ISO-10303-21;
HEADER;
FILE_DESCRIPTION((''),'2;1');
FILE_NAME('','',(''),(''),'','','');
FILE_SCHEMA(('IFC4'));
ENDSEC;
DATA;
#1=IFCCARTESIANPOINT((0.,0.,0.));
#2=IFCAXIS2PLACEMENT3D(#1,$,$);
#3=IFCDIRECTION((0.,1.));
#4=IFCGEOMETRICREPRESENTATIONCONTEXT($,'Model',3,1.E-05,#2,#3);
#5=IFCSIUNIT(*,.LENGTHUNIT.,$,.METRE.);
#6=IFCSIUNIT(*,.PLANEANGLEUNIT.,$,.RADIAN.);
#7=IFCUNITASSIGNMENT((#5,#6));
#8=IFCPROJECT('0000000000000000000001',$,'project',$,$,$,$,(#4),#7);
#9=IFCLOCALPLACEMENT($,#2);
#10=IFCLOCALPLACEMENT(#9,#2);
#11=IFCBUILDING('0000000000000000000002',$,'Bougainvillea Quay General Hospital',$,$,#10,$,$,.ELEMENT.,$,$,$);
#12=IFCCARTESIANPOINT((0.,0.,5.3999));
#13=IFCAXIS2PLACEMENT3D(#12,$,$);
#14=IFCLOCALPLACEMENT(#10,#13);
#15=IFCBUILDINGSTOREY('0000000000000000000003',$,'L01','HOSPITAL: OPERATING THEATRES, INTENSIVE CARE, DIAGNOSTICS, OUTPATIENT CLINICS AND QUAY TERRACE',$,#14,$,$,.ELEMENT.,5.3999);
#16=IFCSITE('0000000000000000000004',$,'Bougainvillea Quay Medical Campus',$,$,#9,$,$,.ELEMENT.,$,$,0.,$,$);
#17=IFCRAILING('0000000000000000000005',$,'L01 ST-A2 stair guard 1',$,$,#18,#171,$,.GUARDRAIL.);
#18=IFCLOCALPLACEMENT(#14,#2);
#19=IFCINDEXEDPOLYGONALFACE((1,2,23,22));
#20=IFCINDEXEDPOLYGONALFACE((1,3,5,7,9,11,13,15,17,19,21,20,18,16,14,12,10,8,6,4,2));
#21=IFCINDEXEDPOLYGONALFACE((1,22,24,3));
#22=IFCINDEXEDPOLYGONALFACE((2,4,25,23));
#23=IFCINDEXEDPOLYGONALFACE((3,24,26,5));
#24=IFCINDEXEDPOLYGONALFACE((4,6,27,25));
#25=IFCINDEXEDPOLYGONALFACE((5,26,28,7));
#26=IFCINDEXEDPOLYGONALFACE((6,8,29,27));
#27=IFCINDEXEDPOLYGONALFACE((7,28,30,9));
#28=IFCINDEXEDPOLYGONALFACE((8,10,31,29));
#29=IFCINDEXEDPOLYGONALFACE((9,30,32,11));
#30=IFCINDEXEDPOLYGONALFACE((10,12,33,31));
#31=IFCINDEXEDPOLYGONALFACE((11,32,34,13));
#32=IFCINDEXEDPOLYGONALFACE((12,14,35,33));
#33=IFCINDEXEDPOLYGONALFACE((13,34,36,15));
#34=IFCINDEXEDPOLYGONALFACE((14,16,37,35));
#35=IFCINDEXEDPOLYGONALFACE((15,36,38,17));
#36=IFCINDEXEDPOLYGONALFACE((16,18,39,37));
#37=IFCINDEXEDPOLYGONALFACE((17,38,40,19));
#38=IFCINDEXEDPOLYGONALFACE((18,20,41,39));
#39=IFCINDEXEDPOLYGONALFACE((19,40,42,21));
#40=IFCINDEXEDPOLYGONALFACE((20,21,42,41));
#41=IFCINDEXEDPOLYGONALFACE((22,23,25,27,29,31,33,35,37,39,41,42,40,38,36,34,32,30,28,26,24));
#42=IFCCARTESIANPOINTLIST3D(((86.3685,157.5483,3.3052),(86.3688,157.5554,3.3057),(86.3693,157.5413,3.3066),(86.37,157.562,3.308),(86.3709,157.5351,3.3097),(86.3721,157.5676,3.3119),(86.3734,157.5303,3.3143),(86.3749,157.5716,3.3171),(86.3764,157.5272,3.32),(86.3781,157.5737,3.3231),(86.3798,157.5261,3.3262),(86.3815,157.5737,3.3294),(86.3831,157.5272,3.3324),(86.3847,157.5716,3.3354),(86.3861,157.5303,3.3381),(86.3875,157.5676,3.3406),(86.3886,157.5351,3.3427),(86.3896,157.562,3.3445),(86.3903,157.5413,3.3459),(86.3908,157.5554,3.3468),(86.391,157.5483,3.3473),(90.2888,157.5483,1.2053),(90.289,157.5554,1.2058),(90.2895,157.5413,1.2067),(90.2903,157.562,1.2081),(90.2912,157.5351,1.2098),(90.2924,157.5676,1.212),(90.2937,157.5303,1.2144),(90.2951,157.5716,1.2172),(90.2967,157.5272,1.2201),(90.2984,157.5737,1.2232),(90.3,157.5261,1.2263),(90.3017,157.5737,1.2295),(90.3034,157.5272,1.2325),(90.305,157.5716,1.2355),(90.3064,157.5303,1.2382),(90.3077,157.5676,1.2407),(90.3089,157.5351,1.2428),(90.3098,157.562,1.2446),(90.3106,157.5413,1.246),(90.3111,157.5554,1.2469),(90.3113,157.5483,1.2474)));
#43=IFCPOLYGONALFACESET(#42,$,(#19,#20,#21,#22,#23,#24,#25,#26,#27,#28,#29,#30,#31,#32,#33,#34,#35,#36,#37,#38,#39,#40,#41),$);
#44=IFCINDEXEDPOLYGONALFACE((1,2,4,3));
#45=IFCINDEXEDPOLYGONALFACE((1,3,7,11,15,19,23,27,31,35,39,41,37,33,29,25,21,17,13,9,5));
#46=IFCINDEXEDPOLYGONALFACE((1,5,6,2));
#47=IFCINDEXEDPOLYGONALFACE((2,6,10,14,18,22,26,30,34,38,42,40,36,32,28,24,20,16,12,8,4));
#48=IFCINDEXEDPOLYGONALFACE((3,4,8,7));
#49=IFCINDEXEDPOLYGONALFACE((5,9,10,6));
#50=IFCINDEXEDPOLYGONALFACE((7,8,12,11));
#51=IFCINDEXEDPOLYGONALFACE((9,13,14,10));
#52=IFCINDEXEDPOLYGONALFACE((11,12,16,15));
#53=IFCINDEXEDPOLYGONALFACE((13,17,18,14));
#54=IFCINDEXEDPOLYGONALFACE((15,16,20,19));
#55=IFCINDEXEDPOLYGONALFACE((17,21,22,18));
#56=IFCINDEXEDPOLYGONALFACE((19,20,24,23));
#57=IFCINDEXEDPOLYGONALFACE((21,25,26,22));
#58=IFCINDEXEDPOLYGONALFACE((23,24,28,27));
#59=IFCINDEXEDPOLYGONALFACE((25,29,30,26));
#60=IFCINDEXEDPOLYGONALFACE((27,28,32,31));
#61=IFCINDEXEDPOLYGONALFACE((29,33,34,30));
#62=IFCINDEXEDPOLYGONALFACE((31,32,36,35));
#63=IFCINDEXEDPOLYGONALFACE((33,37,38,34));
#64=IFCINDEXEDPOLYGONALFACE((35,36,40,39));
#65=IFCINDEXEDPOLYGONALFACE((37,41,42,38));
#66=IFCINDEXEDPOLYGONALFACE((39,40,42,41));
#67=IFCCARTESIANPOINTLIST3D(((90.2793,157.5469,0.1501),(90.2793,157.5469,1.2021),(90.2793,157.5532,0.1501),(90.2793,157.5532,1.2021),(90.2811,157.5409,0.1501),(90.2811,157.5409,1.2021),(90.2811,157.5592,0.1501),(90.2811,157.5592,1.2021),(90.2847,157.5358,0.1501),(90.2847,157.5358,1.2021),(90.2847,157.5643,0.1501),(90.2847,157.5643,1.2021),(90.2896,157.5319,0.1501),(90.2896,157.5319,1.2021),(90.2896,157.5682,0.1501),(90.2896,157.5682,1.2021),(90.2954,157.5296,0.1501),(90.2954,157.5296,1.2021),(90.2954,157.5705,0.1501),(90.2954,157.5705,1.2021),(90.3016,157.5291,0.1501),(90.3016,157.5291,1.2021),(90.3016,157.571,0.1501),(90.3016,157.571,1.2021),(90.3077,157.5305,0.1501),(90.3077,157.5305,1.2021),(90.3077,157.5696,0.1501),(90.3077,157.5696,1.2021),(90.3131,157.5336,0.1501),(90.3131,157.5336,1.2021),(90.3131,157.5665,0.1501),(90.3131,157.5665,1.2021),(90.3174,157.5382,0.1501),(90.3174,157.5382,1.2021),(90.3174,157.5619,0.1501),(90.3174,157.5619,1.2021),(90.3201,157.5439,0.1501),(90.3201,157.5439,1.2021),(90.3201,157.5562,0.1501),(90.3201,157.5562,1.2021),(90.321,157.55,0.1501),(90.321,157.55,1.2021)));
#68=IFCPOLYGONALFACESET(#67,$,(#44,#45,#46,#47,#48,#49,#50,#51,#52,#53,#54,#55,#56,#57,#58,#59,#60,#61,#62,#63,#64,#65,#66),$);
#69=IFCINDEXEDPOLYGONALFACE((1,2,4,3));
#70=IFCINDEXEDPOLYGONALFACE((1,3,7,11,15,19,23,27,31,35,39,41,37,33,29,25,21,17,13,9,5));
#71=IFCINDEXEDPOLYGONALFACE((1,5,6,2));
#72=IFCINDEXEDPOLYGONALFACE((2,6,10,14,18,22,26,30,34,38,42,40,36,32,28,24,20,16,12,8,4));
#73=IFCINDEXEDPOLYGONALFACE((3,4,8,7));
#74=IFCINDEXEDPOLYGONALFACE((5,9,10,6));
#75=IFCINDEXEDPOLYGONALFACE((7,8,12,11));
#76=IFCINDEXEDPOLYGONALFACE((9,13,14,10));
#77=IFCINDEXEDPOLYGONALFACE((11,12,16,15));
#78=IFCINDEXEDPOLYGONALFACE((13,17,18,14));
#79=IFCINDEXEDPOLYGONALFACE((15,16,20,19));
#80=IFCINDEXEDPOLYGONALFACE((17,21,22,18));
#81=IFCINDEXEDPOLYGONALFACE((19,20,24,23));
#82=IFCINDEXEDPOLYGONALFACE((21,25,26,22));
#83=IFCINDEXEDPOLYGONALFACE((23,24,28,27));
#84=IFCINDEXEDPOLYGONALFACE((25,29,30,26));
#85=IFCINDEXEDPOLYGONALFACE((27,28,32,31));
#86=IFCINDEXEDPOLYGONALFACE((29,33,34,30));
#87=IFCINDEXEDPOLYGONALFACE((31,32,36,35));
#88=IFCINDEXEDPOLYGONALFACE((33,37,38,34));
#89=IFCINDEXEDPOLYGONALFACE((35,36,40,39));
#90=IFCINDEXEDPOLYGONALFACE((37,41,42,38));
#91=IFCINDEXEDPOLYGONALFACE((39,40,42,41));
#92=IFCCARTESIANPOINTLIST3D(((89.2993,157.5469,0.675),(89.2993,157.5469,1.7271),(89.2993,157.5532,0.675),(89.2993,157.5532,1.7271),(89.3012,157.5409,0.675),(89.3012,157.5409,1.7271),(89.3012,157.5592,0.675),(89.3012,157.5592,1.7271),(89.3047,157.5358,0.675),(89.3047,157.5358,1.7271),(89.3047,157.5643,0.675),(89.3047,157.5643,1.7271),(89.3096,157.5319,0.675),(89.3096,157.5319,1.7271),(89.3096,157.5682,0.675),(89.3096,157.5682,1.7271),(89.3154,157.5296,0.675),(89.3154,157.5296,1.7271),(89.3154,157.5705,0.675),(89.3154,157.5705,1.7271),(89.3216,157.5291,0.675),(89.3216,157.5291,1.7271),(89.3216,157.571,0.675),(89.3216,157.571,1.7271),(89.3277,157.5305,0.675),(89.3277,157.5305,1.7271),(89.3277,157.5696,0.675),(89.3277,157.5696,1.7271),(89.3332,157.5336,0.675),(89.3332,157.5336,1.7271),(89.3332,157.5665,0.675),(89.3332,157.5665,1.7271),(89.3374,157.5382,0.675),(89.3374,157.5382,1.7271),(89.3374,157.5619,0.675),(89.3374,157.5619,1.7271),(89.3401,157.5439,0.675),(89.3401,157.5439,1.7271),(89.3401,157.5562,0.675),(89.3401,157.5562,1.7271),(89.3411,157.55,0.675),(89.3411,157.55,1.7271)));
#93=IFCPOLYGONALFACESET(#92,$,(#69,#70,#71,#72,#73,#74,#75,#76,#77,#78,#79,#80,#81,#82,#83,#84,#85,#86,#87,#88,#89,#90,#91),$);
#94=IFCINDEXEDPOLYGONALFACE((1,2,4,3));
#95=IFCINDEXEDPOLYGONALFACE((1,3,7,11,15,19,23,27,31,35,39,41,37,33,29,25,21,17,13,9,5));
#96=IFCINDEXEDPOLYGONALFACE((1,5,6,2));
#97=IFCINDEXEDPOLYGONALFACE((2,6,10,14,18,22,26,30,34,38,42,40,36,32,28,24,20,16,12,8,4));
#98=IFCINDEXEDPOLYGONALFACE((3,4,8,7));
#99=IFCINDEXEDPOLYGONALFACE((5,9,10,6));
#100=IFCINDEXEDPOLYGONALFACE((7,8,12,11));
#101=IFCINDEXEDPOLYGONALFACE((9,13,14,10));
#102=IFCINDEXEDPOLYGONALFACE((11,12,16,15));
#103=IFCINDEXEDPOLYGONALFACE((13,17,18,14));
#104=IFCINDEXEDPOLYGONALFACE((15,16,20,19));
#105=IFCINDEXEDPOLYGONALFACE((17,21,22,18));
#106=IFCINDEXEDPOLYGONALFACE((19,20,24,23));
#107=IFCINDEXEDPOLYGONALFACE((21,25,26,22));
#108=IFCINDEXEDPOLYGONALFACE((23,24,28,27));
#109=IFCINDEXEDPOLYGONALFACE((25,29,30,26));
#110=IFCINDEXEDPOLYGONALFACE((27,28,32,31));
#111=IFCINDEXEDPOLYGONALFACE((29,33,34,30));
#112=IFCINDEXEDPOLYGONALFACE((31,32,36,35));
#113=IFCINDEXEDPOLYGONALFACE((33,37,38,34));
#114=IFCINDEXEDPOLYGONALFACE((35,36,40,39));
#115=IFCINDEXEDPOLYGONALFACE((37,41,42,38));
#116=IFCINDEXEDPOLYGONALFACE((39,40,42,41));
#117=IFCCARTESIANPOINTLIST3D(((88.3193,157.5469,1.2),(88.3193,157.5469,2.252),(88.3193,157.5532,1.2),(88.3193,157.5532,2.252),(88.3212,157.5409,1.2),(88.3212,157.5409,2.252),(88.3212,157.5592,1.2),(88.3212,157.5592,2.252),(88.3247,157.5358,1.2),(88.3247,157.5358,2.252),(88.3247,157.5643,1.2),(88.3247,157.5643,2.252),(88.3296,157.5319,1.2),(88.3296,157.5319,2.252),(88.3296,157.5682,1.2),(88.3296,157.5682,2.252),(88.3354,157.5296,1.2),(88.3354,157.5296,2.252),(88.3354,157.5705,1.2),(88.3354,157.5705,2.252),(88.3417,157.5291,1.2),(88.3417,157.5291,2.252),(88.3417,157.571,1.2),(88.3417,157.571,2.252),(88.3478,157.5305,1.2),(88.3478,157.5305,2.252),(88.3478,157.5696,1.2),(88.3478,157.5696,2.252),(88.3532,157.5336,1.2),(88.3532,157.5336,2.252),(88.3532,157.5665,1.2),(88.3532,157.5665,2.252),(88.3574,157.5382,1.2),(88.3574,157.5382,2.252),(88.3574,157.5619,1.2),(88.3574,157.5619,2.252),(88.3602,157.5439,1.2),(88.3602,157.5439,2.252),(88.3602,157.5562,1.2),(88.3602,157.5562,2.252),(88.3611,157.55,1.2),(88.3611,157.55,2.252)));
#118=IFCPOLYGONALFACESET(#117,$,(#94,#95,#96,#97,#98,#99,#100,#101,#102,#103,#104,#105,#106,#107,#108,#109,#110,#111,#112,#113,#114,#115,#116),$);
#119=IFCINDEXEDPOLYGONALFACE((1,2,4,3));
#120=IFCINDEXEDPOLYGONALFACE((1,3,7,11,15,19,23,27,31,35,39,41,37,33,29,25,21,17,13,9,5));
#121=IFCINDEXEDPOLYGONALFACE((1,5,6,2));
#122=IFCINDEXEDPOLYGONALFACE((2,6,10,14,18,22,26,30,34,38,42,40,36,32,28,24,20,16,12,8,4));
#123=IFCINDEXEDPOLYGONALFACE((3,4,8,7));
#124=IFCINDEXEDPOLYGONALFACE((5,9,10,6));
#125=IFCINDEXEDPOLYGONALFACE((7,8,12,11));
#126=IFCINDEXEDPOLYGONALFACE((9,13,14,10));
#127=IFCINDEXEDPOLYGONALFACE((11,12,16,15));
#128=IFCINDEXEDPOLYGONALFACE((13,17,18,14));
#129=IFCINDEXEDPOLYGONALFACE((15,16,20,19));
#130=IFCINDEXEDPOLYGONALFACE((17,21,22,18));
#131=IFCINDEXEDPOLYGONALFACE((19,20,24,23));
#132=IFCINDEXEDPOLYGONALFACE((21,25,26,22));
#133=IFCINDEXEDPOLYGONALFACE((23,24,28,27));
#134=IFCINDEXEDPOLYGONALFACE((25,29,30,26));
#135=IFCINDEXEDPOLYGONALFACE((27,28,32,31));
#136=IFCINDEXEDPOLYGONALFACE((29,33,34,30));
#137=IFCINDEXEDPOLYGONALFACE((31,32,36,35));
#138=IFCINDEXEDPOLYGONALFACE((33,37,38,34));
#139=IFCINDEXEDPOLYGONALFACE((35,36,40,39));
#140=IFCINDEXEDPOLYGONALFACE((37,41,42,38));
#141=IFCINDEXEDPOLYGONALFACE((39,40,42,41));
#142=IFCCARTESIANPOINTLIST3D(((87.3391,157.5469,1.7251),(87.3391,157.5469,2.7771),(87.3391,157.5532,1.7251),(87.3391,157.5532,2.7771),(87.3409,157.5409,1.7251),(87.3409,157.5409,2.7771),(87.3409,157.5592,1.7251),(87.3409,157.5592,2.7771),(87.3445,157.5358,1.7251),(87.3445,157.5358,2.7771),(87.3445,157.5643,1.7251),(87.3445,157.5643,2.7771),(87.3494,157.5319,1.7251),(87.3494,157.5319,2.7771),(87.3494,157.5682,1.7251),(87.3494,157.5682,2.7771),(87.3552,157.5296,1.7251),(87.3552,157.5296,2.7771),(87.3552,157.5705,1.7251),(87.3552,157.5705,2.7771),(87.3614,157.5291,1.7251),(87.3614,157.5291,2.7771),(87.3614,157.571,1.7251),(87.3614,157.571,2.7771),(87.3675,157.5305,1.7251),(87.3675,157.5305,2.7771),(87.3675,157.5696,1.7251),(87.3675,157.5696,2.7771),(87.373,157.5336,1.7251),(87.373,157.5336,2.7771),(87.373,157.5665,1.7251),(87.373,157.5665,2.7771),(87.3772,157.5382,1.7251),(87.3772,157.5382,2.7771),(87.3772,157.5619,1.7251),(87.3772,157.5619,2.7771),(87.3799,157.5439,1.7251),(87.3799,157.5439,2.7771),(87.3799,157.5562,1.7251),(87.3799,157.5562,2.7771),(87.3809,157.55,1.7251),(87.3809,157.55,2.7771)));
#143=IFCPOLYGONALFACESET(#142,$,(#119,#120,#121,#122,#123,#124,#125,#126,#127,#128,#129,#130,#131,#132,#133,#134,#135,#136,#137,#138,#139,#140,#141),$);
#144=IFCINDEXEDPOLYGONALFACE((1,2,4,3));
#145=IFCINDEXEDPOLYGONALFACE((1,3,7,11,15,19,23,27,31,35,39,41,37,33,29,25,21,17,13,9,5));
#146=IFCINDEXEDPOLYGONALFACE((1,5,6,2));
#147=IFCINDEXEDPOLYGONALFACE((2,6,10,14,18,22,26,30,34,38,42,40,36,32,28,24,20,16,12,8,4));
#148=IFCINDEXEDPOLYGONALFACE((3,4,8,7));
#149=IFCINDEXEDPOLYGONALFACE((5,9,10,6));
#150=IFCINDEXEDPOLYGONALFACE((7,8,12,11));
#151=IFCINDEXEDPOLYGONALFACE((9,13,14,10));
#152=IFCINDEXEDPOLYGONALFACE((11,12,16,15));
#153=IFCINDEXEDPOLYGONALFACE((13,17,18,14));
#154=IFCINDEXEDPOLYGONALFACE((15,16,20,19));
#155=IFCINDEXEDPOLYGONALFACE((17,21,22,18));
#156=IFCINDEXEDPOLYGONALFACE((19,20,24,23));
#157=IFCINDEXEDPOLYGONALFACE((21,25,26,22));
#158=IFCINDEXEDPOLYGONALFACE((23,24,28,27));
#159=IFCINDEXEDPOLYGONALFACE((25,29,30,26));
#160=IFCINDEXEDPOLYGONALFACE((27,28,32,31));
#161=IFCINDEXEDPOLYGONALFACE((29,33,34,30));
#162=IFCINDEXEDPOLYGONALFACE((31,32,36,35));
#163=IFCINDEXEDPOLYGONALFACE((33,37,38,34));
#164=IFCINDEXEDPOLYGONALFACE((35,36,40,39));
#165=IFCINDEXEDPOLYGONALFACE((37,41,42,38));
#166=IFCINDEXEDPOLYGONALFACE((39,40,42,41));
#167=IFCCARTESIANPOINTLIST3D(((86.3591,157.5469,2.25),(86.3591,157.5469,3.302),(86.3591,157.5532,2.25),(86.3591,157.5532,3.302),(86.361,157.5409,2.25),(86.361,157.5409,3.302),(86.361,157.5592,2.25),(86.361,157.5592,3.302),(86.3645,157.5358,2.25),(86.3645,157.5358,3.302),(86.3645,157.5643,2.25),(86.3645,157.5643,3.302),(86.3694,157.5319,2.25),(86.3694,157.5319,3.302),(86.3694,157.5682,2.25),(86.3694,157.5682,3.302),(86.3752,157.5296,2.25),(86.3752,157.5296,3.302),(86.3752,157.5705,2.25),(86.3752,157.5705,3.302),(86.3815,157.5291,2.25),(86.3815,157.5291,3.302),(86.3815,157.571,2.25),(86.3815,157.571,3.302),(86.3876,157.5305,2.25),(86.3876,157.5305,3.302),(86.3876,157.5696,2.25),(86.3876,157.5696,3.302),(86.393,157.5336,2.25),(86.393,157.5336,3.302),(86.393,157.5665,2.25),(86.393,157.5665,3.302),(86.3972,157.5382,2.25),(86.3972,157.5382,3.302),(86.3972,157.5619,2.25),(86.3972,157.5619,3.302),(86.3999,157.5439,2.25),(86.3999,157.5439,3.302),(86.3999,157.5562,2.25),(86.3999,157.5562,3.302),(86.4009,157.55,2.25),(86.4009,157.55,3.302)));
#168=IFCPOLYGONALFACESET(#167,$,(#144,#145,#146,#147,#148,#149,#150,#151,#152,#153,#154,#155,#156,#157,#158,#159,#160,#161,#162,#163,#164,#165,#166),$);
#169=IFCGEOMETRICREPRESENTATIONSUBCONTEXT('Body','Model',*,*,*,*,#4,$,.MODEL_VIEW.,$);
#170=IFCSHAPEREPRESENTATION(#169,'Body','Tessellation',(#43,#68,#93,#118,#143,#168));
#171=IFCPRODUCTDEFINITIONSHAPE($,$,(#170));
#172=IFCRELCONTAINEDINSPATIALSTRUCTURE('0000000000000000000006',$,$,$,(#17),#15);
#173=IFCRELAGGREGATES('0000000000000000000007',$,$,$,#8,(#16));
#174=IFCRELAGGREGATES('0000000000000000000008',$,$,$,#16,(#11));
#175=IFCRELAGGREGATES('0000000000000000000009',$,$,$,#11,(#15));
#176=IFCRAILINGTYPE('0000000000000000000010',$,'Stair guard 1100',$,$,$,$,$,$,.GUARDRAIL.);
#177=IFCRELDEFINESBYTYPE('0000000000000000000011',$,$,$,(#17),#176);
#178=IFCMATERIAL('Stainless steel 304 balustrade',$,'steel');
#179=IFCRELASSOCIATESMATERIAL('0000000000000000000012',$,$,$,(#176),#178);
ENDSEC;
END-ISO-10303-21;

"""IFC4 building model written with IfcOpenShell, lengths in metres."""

from ifc_helpers import new_model, si_unit, direction, frame, origin, origin_2d, place, context, subcontext, project, spatial, circle, extrude, material, type_object, element, save


model = new_model("IFC4")

# Units and contexts
model_context = context("Model", 3, precision=1e-05, world=origin(), true_north=direction((0.0, 1.0)))
body_context = subcontext(model_context, "Body", "Model", "MODEL_VIEW")
ifc_project = project(units=[si_unit("LENGTHUNIT", "METRE"), si_unit("PLANEANGLEUNIT", "RADIAN")], contexts=[model_context])

# Site, building, storey
site_placement = place(None, origin())
site = spatial("IfcSite", under=ifc_project, at=site_placement, Name="Bougainvillea Quay Medical Campus", CompositionType="ELEMENT", RefElevation=0.0)
building_placement = place(site_placement, origin())
building = spatial("IfcBuilding", under=site, at=building_placement, Name="Bougainvillea Quay General Hospital", CompositionType="ELEMENT")
storey_placement = place(building_placement, frame((0.0, 0.0, 5.3999)))
storey = spatial("IfcBuildingStorey", under=building, at=storey_placement, Name="L01", Description="HOSPITAL: OPERATING THEATRES, INTENSIVE CARE, DIAGNOSTICS, OUTPATIENT CLINICS AND QUAY TERRACE", CompositionType="ELEMENT", Elevation=5.3999)

# Railing
ifc_material_1 = material(Name="Stainless steel 304 balustrade", Category="steel")
railing_type_1 = type_object("IfcRailingType", Name="Stair guard 1100", PredefinedType="GUARDRAIL", material=ifc_material_1)
railing_1_placement = place(storey_placement, frame((90.3, 157.55, 0.1501)))
element("IfcRailing", 1, at=railing_1_placement, inside=storey, type_object=railing_type_1, Name="L01 ST-A2 stair guard 1", PredefinedType="GUARDRAIL", context=body_context, shape_type="SweptSolid", body=[
    extrude(circle(Radius=0.0239, at=origin_2d()), frame((0.0, 0.0, 1.0762), z_axis=(-0.881502, 0.0, 0.47218), x_axis=(0.0, -1.0, 0.0)), (0.0, 0.0, 1.0), 4.4473),
    extrude(circle(Radius=0.021, at=origin_2d()), origin(), (0.0, 0.0, 1.0), 1.052),
    extrude(circle(Radius=0.021, at=origin_2d()), frame((-0.98, 0.0, 0.5249)), (0.0, 0.0, 1.0), 1.052),
    extrude(circle(Radius=0.021, at=origin_2d()), frame((-1.96, 0.0, 1.0498)), (0.0, 0.0, 1.0), 1.052),
    extrude(circle(Radius=0.021, at=origin_2d()), frame((-2.9402, 0.0, 1.575)), (0.0, 0.0, 1.0), 1.052),
    extrude(circle(Radius=0.021, at=origin_2d()), frame((-3.9202, 0.0, 2.0999)), (0.0, 0.0, 1.0), 1.052),
])

save(model, "model.ifc")
